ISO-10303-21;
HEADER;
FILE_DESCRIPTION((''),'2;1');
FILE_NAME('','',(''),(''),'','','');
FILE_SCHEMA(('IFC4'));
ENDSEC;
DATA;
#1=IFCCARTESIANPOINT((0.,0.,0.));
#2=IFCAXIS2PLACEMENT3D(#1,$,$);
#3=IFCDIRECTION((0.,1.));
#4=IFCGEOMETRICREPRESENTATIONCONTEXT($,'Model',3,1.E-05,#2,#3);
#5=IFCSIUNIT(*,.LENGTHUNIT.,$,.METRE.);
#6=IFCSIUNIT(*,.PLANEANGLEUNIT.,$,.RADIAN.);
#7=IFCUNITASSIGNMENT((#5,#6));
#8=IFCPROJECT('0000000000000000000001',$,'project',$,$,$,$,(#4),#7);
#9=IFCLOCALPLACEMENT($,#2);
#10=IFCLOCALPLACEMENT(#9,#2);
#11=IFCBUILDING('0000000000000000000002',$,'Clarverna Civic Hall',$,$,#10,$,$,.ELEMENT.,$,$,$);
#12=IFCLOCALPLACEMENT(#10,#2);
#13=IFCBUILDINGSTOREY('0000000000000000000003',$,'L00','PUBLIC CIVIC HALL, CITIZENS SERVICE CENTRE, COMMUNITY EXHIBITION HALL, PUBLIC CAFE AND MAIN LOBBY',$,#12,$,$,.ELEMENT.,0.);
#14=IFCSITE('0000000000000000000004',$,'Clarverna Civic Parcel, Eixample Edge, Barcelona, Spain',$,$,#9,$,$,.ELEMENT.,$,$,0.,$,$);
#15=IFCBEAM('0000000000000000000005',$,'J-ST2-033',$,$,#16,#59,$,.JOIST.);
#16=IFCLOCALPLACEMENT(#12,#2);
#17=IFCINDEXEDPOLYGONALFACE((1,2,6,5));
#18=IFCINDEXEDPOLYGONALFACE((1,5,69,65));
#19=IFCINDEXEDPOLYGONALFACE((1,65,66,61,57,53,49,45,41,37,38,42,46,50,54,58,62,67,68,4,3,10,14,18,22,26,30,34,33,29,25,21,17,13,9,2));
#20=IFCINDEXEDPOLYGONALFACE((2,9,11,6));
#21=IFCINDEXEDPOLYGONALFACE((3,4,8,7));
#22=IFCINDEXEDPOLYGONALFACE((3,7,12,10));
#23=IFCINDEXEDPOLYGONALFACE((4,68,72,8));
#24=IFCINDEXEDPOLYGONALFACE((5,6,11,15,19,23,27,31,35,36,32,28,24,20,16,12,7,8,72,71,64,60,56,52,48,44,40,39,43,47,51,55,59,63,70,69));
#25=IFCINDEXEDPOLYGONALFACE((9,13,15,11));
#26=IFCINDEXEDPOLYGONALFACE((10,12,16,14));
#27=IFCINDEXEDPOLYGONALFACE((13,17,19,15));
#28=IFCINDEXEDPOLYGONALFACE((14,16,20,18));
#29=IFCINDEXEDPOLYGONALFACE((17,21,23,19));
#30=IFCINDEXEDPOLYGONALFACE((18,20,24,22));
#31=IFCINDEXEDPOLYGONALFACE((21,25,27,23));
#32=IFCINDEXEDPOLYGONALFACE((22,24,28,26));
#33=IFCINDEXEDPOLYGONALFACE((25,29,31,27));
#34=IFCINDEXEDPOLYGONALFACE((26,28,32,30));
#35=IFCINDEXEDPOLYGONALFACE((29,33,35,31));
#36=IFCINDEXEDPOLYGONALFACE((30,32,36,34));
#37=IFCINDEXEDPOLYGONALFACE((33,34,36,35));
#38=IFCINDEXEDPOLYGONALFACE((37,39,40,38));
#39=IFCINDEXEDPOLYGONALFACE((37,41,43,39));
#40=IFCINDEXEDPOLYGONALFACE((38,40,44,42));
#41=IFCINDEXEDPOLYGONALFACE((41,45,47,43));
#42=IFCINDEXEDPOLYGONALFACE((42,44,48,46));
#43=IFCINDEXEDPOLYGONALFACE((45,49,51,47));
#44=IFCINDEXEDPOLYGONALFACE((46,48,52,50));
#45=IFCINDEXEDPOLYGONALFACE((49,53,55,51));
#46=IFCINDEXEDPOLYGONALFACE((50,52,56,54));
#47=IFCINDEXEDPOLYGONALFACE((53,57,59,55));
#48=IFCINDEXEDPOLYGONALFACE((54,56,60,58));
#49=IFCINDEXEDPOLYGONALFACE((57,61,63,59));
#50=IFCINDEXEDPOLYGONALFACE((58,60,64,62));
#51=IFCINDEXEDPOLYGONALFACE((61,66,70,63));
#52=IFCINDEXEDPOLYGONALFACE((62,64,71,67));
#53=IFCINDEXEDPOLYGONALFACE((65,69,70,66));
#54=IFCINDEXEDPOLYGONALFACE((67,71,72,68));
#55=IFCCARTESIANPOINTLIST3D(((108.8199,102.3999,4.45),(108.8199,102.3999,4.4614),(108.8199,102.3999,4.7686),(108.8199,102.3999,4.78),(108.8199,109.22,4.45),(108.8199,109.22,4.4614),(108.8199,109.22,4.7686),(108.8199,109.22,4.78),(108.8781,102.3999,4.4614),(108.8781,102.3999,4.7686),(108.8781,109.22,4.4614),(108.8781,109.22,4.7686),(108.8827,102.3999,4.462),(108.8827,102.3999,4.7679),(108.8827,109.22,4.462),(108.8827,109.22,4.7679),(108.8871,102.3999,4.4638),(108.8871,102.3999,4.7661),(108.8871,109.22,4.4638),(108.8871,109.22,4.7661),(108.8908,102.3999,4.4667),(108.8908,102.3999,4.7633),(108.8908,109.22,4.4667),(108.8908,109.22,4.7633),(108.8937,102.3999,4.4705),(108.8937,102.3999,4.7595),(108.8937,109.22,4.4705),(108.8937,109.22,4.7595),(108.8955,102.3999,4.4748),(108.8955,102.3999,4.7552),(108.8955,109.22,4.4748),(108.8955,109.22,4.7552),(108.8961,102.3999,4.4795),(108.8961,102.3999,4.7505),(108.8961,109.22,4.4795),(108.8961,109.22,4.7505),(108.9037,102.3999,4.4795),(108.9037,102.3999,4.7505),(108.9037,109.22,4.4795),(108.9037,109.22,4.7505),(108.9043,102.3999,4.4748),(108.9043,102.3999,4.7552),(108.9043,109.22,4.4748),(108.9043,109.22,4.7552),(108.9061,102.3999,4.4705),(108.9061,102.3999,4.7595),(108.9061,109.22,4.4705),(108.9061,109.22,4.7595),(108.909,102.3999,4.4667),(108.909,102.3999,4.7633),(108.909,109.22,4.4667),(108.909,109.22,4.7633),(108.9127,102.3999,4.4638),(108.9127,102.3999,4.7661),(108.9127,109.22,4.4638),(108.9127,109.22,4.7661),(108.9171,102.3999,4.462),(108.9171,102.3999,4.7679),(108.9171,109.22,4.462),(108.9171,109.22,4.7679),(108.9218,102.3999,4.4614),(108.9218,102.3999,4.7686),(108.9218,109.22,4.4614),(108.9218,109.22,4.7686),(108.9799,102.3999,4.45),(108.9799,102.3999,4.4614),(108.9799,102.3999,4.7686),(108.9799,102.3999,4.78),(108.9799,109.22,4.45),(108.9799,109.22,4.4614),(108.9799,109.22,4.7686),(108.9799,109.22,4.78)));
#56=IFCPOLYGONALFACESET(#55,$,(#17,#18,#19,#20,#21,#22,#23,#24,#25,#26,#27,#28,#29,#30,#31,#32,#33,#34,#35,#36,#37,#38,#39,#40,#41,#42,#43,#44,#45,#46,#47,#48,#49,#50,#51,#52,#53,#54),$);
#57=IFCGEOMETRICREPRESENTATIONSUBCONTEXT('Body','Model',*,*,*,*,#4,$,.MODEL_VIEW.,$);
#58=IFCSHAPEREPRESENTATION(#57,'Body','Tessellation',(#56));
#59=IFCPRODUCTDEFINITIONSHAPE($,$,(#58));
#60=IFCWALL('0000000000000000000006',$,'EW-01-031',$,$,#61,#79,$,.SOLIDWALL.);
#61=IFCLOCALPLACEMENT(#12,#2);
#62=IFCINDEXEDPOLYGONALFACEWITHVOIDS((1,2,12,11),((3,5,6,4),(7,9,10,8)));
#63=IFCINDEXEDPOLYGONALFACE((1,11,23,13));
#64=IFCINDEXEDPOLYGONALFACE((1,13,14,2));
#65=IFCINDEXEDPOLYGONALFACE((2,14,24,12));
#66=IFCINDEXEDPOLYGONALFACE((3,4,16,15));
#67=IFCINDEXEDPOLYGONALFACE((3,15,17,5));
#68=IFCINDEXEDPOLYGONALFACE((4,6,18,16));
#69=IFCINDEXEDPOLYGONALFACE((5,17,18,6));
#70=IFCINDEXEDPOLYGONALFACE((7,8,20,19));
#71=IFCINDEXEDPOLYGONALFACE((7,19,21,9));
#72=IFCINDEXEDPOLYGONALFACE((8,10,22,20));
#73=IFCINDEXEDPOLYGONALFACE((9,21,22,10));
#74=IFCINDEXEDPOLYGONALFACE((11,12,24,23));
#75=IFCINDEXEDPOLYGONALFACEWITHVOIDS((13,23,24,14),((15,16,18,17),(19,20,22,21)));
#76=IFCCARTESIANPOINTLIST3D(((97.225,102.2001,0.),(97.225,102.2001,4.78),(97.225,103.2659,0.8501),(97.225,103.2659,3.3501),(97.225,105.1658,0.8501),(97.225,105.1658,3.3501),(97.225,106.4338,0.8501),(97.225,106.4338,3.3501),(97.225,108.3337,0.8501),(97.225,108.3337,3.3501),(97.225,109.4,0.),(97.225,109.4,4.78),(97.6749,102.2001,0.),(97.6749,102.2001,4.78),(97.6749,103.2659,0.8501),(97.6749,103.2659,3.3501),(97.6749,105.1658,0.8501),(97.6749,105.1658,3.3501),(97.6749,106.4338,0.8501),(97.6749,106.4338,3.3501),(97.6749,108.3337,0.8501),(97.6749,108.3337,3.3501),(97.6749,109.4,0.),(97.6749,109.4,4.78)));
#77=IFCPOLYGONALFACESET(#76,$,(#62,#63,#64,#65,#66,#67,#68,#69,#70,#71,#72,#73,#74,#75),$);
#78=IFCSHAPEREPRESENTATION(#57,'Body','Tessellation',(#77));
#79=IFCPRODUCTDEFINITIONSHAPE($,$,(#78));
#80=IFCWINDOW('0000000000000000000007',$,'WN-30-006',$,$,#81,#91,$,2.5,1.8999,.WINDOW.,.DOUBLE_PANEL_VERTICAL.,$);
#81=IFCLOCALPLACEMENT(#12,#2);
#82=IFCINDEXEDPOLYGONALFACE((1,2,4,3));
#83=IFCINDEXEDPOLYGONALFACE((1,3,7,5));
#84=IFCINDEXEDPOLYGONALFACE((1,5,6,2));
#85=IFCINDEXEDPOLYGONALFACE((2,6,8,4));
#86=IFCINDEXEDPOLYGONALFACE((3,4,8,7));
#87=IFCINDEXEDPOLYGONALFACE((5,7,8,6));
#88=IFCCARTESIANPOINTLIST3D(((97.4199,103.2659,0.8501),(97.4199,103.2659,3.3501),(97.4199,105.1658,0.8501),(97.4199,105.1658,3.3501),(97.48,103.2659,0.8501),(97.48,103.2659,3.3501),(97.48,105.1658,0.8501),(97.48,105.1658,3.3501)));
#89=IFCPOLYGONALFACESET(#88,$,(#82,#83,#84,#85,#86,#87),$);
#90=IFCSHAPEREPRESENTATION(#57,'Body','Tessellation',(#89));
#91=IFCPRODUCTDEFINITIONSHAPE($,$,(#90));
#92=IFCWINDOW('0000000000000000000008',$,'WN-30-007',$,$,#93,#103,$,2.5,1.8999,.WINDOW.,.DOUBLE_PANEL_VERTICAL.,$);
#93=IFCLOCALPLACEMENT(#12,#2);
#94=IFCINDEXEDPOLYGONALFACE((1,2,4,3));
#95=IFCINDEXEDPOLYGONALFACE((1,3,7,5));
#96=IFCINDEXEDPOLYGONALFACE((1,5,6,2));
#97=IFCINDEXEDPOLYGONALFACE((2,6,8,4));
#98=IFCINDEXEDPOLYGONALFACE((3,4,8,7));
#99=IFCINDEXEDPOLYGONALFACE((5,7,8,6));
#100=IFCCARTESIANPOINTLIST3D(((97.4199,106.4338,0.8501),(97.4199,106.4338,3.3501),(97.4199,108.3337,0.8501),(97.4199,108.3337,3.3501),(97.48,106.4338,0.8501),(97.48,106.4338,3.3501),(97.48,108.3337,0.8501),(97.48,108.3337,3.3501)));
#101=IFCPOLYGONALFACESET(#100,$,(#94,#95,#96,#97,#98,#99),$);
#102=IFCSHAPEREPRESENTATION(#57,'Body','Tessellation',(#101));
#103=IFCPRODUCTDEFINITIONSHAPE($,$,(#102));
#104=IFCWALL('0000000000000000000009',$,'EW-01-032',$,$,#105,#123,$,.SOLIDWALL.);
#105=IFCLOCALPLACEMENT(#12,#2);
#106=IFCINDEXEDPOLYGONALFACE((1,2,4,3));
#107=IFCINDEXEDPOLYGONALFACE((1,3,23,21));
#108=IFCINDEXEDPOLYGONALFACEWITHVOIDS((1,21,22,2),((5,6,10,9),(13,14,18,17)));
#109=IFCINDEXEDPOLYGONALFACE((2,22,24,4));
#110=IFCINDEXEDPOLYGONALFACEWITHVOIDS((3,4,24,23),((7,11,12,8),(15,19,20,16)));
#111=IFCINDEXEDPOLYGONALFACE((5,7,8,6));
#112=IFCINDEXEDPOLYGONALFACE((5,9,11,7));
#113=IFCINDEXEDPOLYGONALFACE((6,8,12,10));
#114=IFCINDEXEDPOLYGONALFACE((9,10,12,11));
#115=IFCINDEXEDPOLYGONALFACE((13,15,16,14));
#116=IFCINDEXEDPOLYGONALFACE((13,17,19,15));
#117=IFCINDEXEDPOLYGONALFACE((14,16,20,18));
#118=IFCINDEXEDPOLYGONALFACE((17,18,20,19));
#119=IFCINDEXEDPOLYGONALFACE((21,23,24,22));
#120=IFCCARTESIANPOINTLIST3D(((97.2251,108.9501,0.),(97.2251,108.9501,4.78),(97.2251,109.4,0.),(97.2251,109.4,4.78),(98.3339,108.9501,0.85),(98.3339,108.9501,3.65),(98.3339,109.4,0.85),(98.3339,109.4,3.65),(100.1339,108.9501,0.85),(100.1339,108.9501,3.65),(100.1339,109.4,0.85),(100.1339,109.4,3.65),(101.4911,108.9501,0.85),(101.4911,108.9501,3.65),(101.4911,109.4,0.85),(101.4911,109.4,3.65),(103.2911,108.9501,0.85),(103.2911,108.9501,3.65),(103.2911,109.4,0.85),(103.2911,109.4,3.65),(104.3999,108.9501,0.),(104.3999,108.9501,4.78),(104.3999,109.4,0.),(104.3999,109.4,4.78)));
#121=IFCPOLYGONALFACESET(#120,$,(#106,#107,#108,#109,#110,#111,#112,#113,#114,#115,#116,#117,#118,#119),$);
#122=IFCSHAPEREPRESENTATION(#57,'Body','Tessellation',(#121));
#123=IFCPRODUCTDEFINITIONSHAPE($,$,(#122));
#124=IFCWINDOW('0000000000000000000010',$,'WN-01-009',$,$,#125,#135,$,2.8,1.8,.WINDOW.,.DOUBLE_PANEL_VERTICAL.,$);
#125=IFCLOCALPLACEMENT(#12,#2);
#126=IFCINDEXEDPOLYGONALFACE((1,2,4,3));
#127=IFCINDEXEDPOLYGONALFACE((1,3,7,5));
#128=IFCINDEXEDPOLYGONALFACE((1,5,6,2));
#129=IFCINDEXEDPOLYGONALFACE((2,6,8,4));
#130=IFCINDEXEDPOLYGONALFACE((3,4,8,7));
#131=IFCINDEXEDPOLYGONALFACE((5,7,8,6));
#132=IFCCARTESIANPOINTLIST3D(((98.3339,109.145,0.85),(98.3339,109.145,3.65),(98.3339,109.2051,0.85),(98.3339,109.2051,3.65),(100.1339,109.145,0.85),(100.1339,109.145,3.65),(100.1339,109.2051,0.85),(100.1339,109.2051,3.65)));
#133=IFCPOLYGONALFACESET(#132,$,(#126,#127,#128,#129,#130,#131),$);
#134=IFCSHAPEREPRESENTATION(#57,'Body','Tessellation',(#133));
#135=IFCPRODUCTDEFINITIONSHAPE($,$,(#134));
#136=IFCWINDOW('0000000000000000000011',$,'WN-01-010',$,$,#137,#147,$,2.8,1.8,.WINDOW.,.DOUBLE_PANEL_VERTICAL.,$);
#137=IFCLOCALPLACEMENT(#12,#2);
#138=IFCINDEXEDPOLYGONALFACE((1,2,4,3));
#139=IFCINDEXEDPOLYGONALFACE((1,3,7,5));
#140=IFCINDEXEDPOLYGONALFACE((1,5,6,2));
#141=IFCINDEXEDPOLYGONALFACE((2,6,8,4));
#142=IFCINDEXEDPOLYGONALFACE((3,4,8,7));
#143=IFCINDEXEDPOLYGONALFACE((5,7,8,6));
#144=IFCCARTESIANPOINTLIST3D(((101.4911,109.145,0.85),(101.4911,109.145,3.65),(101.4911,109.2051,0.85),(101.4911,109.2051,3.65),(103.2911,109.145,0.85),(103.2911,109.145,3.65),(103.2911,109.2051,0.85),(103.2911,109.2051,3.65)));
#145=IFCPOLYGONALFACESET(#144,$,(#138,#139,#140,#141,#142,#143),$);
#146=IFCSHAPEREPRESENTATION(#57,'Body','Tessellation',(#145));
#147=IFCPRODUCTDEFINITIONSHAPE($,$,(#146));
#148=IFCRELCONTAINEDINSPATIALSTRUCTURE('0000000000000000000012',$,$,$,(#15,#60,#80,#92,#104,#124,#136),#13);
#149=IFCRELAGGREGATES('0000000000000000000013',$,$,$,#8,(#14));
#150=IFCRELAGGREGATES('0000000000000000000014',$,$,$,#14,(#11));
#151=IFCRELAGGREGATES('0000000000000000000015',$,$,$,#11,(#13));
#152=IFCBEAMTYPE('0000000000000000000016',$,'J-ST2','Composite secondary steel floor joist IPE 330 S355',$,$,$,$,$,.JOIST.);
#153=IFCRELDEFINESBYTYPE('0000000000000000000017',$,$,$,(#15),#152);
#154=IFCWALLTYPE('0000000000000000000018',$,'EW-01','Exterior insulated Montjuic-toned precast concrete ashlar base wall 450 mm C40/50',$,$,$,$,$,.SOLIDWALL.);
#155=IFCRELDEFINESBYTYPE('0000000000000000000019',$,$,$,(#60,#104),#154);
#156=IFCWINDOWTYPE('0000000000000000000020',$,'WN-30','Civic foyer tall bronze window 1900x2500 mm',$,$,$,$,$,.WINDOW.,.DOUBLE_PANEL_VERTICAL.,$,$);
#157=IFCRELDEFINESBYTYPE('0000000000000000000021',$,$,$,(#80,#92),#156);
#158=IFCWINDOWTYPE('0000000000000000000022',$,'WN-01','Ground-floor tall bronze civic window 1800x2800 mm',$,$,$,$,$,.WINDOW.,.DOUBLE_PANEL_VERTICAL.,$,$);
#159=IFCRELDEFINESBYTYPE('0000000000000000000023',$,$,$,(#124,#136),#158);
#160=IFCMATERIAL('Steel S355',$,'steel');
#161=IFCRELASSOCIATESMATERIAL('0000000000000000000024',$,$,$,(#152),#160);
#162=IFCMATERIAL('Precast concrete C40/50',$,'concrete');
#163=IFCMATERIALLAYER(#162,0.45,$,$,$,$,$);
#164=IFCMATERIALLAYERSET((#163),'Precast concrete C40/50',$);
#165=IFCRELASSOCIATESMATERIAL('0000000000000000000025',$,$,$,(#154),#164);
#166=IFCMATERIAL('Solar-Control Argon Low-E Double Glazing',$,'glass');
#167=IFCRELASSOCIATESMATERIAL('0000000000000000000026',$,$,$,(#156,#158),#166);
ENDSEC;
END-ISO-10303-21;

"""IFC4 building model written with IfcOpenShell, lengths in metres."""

from ifc_helpers import new_model, si_unit, direction, frame, frame_2d, origin, origin_2d, place, context, subcontext, project, spatial, rectangle, i_section, extrude, material, layer, layer_set, material_profile, profile_set, type_object, element, fill, save


model = new_model("IFC4")

# Units and contexts
model_context = context("Model", 3, precision=1e-05, world=origin(), true_north=direction((0.0, 1.0)))
body_context = subcontext(model_context, "Body", "Model", "MODEL_VIEW")
ifc_project = project(units=[si_unit("LENGTHUNIT", "METRE"), si_unit("PLANEANGLEUNIT", "RADIAN")], contexts=[model_context])

# Site, building, storey
site_placement = place(None, origin())
site = spatial("IfcSite", under=ifc_project, at=site_placement, Name="Clarverna Civic Parcel, Eixample Edge, Barcelona, Spain", CompositionType="ELEMENT", RefElevation=0.0)
building_placement = place(site_placement, origin())
building = spatial("IfcBuilding", under=site, at=building_placement, Name="Clarverna Civic Hall", CompositionType="ELEMENT")
storey_placement = place(building_placement, origin())
storey = spatial("IfcBuildingStorey", under=building, at=storey_placement, Name="L00", Description="PUBLIC CIVIC HALL, CITIZENS SERVICE CENTRE, COMMUNITY EXHIBITION HALL, PUBLIC CAFE AND MAIN LOBBY", CompositionType="ELEMENT", Elevation=0.0)

# Beam
ifc_material_1 = material(Name="Steel S355", Category="steel")
ifc_material_profile_1 = material_profile(ifc_material_1, i_section(OverallWidth=0.1599, OverallDepth=0.3301, WebThickness=0.0076, FlangeThickness=0.0115, FilletRadius=0.0181, at=origin_2d()), Name="IPE 330")
ifc_profile_set_1 = profile_set([ifc_material_profile_1], Name="Steel S355")
beam_type_1 = type_object("IfcBeamType", Name="J-ST2", Description="Composite secondary steel floor joist IPE 330 S355", PredefinedType="JOIST", material=ifc_profile_set_1)
beam_1_placement = place(storey_placement, frame((108.8999, 102.3999, 4.615), z_axis=(0.0, 1.0, 0.0), x_axis=(-1.0, 0.0, 0.0)))
element("IfcBeam", 1, at=beam_1_placement, inside=storey, type_object=beam_type_1, Name="J-ST2-033", PredefinedType="JOIST", context=body_context, shape_type="SweptSolid", body=[
    extrude(i_section(OverallWidth=0.1599, OverallDepth=0.3301, WebThickness=0.0076, FlangeThickness=0.0115, FilletRadius=0.0181, at=origin_2d()), origin(), (0.0, 0.0, 1.0), 6.8201),
])

# Walls, openings, windows
ifc_material_2 = material(Name="Precast concrete C40/50", Category="concrete")
ifc_layer_1 = layer(ifc_material_2, 0.45)
ifc_layer_set_1 = layer_set([ifc_layer_1], Name="Precast concrete C40/50")
wall_type = type_object("IfcWallType", Name="EW-01", Description="Exterior insulated Montjuic-toned precast concrete ashlar base wall 450 mm C40/50", PredefinedType="SOLIDWALL", material=ifc_layer_set_1)
wall_1_placement = place(storey_placement, frame((97.45, 102.2, 0.0), z_axis=(0.0, 0.0, 1.0), x_axis=(0.0, 1.0, 0.0)))
wall_1 = element("IfcWall", 2, at=wall_1_placement, inside=storey, type_object=wall_type, Name="EW-01-031", PredefinedType="SOLIDWALL", context=body_context, shape_type="SweptSolid", body=[
    extrude(rectangle(XDim=7.2, YDim=0.45, at=frame_2d((3.6001, 0.0))), origin(), (0.0, 0.0, 1.0), 4.78),
])
opening_1_placement = place(wall_1_placement, frame((1.0659, 0.0, 0.8501)))
opening_1 = element("IfcOpeningElement", 3, at=opening_1_placement, cuts=wall_1, PredefinedType="OPENING", context=body_context, shape_type="SweptSolid", body=[
    extrude(rectangle(XDim=1.8999, YDim=2.5, at=frame_2d((0.95, 1.25))), frame((0.0, 0.2349, 0.0), z_axis=(0.0, -1.0, 0.0), x_axis=(1.0, 0.0, 0.0)), (0.0, 0.0, 1.0), 0.47),
])
opening_2_placement = place(wall_1_placement, frame((4.2339, 0.0, 0.8501)))
opening_2 = element("IfcOpeningElement", 4, at=opening_2_placement, cuts=wall_1, PredefinedType="OPENING", context=body_context, shape_type="SweptSolid", body=[
    extrude(rectangle(XDim=1.8999, YDim=2.5, at=frame_2d((0.95, 1.25))), frame((0.0, 0.2349, 0.0), z_axis=(0.0, -1.0, 0.0), x_axis=(1.0, 0.0, 0.0)), (0.0, 0.0, 1.0), 0.47),
])
ifc_material_3 = material(Name="Solar-Control Argon Low-E Double Glazing", Category="glass")
window_type_1 = type_object("IfcWindowType", Name="WN-30", Description="Civic foyer tall bronze window 1900x2500 mm", PartitioningType="DOUBLE_PANEL_VERTICAL", PredefinedType="WINDOW", material=ifc_material_3)
window_1_placement = place(opening_1_placement, origin())
window_1 = element("IfcWindow", 5, at=window_1_placement, inside=storey, type_object=window_type_1, Name="WN-30-006", OverallHeight=2.5, OverallWidth=1.8999, PartitioningType="DOUBLE_PANEL_VERTICAL", PredefinedType="WINDOW", context=body_context, shape_type="SweptSolid", body=[
    extrude(rectangle(XDim=1.8999, YDim=2.5, at=frame_2d((0.95, 1.25))), frame((0.0, 0.03, 0.0), z_axis=(0.0, -1.0, 0.0), x_axis=(1.0, 0.0, 0.0)), (0.0, 0.0, 1.0), 0.0601),
])
fill(opening_1, window_1)
window_2_placement = place(opening_2_placement, origin())
window_2 = element("IfcWindow", 6, at=window_2_placement, inside=storey, type_object=window_type_1, Name="WN-30-007", OverallHeight=2.5, OverallWidth=1.8999, PartitioningType="DOUBLE_PANEL_VERTICAL", PredefinedType="WINDOW", context=body_context, shape_type="SweptSolid", body=[
    extrude(rectangle(XDim=1.8999, YDim=2.5, at=frame_2d((0.95, 1.25))), frame((0.0, 0.03, 0.0), z_axis=(0.0, -1.0, 0.0), x_axis=(1.0, 0.0, 0.0)), (0.0, 0.0, 1.0), 0.0601),
])
fill(opening_2, window_2)
wall_2_placement = place(storey_placement, frame((97.2251, 109.175, 0.0), z_axis=(0.0, 0.0, 1.0), x_axis=(1.0, 0.0, 0.0)))
wall_2 = element("IfcWall", 7, at=wall_2_placement, inside=storey, type_object=wall_type, Name="EW-01-032", PredefinedType="SOLIDWALL", context=body_context, shape_type="SweptSolid", body=[
    extrude(rectangle(XDim=7.1748, YDim=0.45, at=frame_2d((3.5874, 0.0))), origin(), (0.0, 0.0, 1.0), 4.78),
])
opening_3_placement = place(wall_2_placement, frame((1.1089, 0.0, 0.8501)))
opening_3 = element("IfcOpeningElement", 8, at=opening_3_placement, cuts=wall_2, PredefinedType="OPENING", context=body_context, shape_type="SweptSolid", body=[
    extrude(rectangle(XDim=1.8, YDim=2.8, at=frame_2d((0.8999, 1.3999))), frame((0.0, 0.2349, 0.0), z_axis=(0.0, -1.0, 0.0), x_axis=(1.0, 0.0, 0.0)), (0.0, 0.0, 1.0), 0.47),
])
opening_4_placement = place(wall_2_placement, frame((4.2661, 0.0, 0.8501)))
opening_4 = element("IfcOpeningElement", 9, at=opening_4_placement, cuts=wall_2, PredefinedType="OPENING", context=body_context, shape_type="SweptSolid", body=[
    extrude(rectangle(XDim=1.8, YDim=2.8, at=frame_2d((0.8999, 1.3999))), frame((0.0, 0.2349, 0.0), z_axis=(0.0, -1.0, 0.0), x_axis=(1.0, 0.0, 0.0)), (0.0, 0.0, 1.0), 0.47),
])
window_type_2 = type_object("IfcWindowType", Name="WN-01", Description="Ground-floor tall bronze civic window 1800x2800 mm", PartitioningType="DOUBLE_PANEL_VERTICAL", PredefinedType="WINDOW", material=ifc_material_3)
window_3_placement = place(opening_3_placement, origin())
window_3 = element("IfcWindow", 10, at=window_3_placement, inside=storey, type_object=window_type_2, Name="WN-01-009", OverallHeight=2.8, OverallWidth=1.8, PartitioningType="DOUBLE_PANEL_VERTICAL", PredefinedType="WINDOW", context=body_context, shape_type="SweptSolid", body=[
    extrude(rectangle(XDim=1.8, YDim=2.8, at=frame_2d((0.8999, 1.3999))), frame((0.0, 0.03, 0.0), z_axis=(0.0, -1.0, 0.0), x_axis=(1.0, 0.0, 0.0)), (0.0, 0.0, 1.0), 0.0601),
])
fill(opening_3, window_3)
window_4_placement = place(opening_4_placement, origin())
window_4 = element("IfcWindow", 11, at=window_4_placement, inside=storey, type_object=window_type_2, Name="WN-01-010", OverallHeight=2.8, OverallWidth=1.8, PartitioningType="DOUBLE_PANEL_VERTICAL", PredefinedType="WINDOW", context=body_context, shape_type="SweptSolid", body=[
    extrude(rectangle(XDim=1.8, YDim=2.8, at=frame_2d((0.8999, 1.3999))), frame((0.0, 0.03, 0.0), z_axis=(0.0, -1.0, 0.0), x_axis=(1.0, 0.0, 0.0)), (0.0, 0.0, 1.0), 0.0601),
])
fill(opening_4, window_4)

save(model, "model.ifc")
